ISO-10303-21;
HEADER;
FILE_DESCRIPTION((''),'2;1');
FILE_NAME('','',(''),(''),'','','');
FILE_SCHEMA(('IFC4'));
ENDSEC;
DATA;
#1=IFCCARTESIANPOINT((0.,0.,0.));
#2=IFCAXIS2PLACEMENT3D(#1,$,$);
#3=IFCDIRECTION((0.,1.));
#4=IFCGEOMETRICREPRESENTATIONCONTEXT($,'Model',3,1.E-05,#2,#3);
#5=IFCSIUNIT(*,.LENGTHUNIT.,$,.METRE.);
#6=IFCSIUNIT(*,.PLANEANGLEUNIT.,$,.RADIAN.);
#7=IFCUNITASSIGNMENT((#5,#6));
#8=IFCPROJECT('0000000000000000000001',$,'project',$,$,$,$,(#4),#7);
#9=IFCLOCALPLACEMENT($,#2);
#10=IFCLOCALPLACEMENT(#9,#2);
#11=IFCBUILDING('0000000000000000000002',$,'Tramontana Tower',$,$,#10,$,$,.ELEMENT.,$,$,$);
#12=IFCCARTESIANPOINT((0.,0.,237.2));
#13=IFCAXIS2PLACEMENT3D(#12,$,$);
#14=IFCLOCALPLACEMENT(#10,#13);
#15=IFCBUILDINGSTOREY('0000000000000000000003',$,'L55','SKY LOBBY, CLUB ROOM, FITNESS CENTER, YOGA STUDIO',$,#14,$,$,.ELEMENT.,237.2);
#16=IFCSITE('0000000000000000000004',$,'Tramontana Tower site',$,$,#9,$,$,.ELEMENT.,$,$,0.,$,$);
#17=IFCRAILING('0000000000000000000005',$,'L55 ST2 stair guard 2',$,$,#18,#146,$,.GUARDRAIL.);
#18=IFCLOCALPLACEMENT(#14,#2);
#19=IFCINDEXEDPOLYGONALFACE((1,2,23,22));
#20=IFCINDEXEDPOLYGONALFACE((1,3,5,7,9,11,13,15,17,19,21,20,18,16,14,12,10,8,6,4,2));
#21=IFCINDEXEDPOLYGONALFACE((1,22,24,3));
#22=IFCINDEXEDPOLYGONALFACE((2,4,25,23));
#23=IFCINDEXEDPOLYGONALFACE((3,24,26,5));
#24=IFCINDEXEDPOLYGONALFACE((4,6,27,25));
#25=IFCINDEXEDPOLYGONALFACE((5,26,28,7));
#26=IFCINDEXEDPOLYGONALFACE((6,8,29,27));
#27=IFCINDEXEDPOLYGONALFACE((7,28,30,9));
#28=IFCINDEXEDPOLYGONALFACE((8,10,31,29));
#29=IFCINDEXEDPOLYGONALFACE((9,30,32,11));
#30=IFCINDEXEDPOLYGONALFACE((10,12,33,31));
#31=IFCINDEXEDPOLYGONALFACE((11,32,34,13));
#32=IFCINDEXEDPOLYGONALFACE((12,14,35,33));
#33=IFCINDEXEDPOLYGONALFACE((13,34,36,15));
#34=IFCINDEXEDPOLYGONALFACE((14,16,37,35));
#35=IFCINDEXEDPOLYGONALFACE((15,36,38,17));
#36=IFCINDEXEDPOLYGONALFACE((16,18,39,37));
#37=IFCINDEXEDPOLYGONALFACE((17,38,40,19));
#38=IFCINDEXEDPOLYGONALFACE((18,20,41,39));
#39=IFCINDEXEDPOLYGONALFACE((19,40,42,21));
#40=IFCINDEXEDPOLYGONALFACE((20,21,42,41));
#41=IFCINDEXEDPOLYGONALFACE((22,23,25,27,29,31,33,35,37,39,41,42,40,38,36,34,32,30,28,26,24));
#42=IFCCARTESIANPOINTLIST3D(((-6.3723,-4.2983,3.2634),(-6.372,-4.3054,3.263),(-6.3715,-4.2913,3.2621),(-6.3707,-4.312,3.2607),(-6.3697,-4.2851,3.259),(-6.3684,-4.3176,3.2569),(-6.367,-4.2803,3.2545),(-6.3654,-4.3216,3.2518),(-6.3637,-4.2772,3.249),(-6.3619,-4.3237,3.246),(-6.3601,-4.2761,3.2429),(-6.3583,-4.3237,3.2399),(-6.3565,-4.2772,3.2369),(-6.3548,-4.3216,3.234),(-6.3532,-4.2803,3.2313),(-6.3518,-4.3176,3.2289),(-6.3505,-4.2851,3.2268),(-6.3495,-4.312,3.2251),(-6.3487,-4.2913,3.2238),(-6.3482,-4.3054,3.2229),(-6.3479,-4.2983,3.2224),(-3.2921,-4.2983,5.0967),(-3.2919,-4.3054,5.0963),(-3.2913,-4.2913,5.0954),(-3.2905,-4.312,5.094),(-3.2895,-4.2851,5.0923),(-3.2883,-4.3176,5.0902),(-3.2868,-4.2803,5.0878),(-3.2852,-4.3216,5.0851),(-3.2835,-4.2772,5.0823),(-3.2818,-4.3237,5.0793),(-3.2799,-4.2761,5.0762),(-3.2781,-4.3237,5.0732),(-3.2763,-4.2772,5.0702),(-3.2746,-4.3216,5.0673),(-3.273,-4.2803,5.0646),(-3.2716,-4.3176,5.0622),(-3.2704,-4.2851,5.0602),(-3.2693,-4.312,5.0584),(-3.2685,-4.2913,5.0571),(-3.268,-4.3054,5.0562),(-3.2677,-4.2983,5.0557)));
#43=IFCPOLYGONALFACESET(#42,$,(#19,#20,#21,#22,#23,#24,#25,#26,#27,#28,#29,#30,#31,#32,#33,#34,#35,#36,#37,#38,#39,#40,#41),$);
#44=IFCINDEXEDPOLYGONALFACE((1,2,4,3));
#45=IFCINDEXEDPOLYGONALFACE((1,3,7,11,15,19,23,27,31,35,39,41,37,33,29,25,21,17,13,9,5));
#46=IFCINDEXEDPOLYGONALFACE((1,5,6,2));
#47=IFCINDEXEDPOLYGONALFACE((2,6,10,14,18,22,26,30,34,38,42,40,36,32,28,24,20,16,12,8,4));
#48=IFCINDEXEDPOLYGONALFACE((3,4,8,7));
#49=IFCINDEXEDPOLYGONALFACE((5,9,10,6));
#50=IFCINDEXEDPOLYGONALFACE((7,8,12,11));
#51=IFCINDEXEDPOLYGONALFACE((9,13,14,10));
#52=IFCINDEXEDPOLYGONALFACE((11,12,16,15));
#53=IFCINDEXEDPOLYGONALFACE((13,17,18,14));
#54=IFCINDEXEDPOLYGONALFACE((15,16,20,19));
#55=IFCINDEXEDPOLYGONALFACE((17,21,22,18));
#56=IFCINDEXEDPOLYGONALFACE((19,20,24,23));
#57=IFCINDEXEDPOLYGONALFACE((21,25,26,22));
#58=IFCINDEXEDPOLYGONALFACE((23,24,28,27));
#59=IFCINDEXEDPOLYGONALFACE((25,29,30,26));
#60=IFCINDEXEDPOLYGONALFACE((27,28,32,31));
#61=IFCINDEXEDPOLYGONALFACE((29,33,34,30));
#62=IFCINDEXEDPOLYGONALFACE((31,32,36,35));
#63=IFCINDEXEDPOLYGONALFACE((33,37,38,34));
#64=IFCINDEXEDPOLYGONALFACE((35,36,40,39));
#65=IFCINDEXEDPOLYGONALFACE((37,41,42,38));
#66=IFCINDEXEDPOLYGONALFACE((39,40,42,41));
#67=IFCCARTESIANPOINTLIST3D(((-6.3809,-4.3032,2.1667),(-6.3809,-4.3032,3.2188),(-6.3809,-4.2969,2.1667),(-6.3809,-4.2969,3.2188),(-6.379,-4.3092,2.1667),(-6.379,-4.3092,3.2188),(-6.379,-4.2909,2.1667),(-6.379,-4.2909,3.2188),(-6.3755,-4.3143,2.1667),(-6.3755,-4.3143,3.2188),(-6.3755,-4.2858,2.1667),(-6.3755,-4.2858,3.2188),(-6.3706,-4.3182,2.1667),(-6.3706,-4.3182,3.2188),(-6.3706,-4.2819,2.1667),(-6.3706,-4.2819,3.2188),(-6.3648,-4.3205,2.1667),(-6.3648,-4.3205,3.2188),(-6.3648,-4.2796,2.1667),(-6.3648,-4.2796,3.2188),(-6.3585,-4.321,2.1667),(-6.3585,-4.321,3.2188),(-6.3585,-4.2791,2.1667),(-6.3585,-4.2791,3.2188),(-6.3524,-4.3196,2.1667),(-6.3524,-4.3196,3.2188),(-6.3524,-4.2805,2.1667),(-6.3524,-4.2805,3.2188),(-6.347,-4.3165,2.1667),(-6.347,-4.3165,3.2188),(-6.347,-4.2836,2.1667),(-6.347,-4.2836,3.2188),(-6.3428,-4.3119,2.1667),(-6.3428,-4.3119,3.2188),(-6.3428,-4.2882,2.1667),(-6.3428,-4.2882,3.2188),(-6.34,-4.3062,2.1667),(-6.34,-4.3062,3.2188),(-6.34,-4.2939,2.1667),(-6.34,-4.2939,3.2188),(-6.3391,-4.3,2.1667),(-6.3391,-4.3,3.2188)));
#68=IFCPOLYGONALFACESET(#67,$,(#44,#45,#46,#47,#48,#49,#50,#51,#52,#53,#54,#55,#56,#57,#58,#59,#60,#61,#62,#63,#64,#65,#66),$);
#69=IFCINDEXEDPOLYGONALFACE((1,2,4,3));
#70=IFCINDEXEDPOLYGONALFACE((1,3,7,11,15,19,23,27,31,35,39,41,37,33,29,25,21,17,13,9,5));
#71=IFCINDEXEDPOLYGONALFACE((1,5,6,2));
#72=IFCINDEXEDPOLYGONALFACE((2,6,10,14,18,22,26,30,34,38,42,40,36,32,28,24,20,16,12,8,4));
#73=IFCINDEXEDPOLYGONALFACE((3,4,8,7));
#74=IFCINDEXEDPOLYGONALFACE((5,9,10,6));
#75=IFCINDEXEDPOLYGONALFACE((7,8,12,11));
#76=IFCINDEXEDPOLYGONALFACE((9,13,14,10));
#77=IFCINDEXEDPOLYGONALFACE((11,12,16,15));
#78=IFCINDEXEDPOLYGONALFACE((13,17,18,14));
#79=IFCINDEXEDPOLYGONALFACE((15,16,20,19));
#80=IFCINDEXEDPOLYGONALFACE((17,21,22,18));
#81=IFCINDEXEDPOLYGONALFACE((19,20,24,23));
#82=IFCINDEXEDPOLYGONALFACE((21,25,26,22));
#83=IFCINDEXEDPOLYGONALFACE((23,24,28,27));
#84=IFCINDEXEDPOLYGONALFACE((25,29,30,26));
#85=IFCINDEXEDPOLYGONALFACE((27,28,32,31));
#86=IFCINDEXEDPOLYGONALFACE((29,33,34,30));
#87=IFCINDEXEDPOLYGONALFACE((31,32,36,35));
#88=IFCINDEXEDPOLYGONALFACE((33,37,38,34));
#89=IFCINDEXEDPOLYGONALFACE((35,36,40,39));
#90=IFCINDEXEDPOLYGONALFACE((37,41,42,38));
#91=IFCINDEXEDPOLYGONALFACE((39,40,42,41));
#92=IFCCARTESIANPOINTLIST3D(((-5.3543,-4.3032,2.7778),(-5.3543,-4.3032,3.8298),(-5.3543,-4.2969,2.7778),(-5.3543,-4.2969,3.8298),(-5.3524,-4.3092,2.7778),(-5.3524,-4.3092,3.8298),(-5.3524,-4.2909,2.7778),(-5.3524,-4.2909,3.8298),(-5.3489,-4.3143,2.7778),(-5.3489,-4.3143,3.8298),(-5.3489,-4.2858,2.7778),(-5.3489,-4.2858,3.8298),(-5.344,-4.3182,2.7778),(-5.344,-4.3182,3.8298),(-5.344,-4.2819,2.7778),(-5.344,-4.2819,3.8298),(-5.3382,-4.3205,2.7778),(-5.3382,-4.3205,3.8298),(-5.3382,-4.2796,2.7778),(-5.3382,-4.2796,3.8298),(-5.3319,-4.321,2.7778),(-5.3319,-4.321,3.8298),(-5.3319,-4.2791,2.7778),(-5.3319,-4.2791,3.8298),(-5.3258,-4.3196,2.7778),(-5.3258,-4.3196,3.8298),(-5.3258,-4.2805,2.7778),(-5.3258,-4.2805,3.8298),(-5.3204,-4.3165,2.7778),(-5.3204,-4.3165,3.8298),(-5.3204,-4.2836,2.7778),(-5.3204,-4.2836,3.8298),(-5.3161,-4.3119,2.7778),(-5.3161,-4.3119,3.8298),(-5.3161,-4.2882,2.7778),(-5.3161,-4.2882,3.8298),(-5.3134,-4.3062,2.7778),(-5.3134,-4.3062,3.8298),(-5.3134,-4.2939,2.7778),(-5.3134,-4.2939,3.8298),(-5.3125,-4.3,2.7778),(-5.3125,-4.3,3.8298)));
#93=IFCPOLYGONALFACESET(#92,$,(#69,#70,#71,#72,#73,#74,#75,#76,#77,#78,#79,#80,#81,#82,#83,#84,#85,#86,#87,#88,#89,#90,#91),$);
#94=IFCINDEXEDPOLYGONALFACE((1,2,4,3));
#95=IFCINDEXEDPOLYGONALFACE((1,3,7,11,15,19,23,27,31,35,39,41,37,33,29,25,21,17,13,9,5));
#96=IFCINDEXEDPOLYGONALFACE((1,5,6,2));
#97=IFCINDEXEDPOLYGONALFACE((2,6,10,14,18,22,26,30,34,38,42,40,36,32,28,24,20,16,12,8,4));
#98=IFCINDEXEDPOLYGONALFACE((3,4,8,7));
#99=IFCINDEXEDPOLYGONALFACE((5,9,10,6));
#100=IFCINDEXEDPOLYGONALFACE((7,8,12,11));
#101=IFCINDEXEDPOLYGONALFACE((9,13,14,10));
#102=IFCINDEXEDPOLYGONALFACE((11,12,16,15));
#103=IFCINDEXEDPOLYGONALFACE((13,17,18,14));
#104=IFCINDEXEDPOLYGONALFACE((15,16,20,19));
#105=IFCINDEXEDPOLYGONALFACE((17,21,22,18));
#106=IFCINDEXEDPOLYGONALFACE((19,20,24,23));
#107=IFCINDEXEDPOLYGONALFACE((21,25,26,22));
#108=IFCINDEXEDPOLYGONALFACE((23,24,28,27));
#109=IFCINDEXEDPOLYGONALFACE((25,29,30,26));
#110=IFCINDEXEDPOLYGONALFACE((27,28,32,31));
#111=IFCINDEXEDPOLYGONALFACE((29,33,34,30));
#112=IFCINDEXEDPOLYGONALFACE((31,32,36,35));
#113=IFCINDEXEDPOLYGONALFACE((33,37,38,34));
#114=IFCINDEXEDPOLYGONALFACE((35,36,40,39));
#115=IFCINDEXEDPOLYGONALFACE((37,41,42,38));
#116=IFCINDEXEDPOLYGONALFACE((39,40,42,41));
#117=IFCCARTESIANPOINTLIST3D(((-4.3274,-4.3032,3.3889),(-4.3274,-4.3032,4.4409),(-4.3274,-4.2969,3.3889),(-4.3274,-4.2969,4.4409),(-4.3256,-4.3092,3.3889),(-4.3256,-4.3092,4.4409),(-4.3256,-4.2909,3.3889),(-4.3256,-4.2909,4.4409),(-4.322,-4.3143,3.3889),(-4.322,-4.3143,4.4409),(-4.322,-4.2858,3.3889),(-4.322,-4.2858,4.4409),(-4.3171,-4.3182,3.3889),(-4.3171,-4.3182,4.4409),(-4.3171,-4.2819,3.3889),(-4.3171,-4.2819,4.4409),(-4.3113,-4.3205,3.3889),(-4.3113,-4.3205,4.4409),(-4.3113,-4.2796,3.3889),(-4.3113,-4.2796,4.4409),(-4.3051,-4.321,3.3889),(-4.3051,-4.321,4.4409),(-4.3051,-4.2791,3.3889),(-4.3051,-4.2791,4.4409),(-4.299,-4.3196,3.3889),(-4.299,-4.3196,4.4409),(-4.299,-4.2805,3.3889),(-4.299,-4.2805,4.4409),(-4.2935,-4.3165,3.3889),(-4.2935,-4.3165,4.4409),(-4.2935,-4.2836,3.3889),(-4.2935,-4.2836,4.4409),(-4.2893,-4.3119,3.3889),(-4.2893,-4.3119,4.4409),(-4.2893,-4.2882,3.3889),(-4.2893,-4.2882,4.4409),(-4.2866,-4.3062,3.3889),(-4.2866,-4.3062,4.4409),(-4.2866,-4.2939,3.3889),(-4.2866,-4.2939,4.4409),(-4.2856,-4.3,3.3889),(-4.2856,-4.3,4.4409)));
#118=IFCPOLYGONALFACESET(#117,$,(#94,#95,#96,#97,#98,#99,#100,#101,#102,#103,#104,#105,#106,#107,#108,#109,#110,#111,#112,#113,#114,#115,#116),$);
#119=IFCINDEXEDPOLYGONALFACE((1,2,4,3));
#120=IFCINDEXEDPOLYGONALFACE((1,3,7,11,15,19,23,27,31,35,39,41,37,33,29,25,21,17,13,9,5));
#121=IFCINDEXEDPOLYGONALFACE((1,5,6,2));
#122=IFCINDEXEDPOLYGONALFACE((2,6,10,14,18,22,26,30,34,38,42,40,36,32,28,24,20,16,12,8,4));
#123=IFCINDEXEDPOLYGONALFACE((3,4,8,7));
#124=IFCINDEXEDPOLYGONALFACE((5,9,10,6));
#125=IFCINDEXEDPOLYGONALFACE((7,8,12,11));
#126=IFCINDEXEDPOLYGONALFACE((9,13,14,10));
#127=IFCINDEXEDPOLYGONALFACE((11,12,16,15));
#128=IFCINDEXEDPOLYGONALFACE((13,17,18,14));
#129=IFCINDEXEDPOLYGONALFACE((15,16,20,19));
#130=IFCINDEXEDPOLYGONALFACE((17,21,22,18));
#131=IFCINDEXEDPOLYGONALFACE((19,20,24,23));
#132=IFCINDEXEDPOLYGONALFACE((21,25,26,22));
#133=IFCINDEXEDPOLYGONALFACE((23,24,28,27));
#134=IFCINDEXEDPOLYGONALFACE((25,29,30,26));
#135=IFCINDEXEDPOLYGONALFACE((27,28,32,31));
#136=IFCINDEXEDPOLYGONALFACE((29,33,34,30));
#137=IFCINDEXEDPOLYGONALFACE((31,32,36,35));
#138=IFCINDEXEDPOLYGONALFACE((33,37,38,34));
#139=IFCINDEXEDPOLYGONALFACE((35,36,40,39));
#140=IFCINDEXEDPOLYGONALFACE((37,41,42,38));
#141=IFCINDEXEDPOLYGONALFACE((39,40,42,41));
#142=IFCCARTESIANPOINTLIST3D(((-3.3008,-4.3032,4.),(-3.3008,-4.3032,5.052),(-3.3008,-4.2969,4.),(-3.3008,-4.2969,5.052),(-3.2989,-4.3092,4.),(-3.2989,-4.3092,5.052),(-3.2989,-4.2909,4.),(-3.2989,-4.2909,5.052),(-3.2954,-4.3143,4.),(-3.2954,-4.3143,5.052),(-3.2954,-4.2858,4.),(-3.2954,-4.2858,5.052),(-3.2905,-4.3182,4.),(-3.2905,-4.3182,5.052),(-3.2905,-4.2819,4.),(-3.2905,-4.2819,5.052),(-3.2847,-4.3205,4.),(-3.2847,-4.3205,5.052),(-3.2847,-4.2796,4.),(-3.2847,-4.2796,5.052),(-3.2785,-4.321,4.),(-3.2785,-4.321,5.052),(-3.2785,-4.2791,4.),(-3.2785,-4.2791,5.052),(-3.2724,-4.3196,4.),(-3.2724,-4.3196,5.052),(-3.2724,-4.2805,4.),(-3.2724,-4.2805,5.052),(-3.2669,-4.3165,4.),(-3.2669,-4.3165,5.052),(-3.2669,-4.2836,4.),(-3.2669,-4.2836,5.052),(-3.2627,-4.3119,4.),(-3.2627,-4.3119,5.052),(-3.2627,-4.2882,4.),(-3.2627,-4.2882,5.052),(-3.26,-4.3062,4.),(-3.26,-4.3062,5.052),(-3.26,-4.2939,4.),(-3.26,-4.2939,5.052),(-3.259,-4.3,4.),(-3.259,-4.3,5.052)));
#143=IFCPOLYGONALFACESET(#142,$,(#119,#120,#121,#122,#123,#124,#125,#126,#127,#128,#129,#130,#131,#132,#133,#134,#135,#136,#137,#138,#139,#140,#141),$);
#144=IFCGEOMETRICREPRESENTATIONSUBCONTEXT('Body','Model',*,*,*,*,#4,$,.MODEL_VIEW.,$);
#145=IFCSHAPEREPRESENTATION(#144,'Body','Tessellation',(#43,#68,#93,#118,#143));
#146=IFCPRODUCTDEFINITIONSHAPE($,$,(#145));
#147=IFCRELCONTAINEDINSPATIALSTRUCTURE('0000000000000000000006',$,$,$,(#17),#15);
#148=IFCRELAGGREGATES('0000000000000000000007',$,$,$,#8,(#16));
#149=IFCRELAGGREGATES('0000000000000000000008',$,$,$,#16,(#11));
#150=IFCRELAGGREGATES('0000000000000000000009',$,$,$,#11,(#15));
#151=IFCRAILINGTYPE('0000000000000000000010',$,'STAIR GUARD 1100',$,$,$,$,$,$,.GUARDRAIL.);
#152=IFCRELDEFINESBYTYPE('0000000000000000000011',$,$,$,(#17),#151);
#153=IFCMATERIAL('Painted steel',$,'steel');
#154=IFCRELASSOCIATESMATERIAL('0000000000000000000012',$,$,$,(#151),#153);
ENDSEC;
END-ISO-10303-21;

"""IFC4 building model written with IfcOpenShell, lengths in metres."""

from ifc_helpers import new_model, si_unit, direction, frame, origin, origin_2d, place, context, subcontext, project, spatial, circle, extrude, material, type_object, element, save


model = new_model("IFC4")

# Units and contexts
model_context = context("Model", 3, precision=1e-05, world=origin(), true_north=direction((0.0, 1.0)))
body_context = subcontext(model_context, "Body", "Model", "MODEL_VIEW")
ifc_project = project(units=[si_unit("LENGTHUNIT", "METRE"), si_unit("PLANEANGLEUNIT", "RADIAN")], contexts=[model_context])

# Site, building, storey
site_placement = place(None, origin())
site = spatial("IfcSite", under=ifc_project, at=site_placement, Name="Tramontana Tower site", CompositionType="ELEMENT", RefElevation=0.0)
building_placement = place(site_placement, origin())
building = spatial("IfcBuilding", under=site, at=building_placement, Name="Tramontana Tower", CompositionType="ELEMENT")
storey_placement = place(building_placement, frame((0.0, 0.0, 237.2)))
storey = spatial("IfcBuildingStorey", under=building, at=storey_placement, Name="L55", Description="SKY LOBBY, CLUB ROOM, FITNESS CENTER, YOGA STUDIO", CompositionType="ELEMENT", Elevation=237.2)

# Railing
ifc_material_1 = material(Name="Painted steel", Category="steel")
railing_type_1 = type_object("IfcRailingType", Name="STAIR GUARD 1100", PredefinedType="GUARDRAIL", material=ifc_material_1)
railing_1_placement = place(storey_placement, frame((-6.3601, -4.3, 2.1667)))
element("IfcRailing", 1, at=railing_1_placement, inside=storey, type_object=railing_type_1, Name="L55 ST2 stair guard 2", PredefinedType="GUARDRAIL", context=body_context, shape_type="SweptSolid", body=[
    extrude(circle(Radius=0.0239, at=origin_2d()), frame((0.0, 0.0, 1.0762), z_axis=(0.859309, 0.0, 0.511458), x_axis=(0.0, 1.0, 0.0)), (0.0, 0.0, 1.0), 3.5845),
    extrude(circle(Radius=0.021, at=origin_2d()), origin(), (0.0, 0.0, 1.0), 1.052),
    extrude(circle(Radius=0.021, at=origin_2d()), frame((1.0266, 0.0, 0.6111)), (0.0, 0.0, 1.0), 1.052),
    extrude(circle(Radius=0.021, at=origin_2d()), frame((2.0535, 0.0, 1.2222)), (0.0, 0.0, 1.0), 1.052),
    extrude(circle(Radius=0.021, at=origin_2d()), frame((3.0801, 0.0, 1.8333)), (0.0, 0.0, 1.0), 1.052),
])

save(model, "model.ifc")
